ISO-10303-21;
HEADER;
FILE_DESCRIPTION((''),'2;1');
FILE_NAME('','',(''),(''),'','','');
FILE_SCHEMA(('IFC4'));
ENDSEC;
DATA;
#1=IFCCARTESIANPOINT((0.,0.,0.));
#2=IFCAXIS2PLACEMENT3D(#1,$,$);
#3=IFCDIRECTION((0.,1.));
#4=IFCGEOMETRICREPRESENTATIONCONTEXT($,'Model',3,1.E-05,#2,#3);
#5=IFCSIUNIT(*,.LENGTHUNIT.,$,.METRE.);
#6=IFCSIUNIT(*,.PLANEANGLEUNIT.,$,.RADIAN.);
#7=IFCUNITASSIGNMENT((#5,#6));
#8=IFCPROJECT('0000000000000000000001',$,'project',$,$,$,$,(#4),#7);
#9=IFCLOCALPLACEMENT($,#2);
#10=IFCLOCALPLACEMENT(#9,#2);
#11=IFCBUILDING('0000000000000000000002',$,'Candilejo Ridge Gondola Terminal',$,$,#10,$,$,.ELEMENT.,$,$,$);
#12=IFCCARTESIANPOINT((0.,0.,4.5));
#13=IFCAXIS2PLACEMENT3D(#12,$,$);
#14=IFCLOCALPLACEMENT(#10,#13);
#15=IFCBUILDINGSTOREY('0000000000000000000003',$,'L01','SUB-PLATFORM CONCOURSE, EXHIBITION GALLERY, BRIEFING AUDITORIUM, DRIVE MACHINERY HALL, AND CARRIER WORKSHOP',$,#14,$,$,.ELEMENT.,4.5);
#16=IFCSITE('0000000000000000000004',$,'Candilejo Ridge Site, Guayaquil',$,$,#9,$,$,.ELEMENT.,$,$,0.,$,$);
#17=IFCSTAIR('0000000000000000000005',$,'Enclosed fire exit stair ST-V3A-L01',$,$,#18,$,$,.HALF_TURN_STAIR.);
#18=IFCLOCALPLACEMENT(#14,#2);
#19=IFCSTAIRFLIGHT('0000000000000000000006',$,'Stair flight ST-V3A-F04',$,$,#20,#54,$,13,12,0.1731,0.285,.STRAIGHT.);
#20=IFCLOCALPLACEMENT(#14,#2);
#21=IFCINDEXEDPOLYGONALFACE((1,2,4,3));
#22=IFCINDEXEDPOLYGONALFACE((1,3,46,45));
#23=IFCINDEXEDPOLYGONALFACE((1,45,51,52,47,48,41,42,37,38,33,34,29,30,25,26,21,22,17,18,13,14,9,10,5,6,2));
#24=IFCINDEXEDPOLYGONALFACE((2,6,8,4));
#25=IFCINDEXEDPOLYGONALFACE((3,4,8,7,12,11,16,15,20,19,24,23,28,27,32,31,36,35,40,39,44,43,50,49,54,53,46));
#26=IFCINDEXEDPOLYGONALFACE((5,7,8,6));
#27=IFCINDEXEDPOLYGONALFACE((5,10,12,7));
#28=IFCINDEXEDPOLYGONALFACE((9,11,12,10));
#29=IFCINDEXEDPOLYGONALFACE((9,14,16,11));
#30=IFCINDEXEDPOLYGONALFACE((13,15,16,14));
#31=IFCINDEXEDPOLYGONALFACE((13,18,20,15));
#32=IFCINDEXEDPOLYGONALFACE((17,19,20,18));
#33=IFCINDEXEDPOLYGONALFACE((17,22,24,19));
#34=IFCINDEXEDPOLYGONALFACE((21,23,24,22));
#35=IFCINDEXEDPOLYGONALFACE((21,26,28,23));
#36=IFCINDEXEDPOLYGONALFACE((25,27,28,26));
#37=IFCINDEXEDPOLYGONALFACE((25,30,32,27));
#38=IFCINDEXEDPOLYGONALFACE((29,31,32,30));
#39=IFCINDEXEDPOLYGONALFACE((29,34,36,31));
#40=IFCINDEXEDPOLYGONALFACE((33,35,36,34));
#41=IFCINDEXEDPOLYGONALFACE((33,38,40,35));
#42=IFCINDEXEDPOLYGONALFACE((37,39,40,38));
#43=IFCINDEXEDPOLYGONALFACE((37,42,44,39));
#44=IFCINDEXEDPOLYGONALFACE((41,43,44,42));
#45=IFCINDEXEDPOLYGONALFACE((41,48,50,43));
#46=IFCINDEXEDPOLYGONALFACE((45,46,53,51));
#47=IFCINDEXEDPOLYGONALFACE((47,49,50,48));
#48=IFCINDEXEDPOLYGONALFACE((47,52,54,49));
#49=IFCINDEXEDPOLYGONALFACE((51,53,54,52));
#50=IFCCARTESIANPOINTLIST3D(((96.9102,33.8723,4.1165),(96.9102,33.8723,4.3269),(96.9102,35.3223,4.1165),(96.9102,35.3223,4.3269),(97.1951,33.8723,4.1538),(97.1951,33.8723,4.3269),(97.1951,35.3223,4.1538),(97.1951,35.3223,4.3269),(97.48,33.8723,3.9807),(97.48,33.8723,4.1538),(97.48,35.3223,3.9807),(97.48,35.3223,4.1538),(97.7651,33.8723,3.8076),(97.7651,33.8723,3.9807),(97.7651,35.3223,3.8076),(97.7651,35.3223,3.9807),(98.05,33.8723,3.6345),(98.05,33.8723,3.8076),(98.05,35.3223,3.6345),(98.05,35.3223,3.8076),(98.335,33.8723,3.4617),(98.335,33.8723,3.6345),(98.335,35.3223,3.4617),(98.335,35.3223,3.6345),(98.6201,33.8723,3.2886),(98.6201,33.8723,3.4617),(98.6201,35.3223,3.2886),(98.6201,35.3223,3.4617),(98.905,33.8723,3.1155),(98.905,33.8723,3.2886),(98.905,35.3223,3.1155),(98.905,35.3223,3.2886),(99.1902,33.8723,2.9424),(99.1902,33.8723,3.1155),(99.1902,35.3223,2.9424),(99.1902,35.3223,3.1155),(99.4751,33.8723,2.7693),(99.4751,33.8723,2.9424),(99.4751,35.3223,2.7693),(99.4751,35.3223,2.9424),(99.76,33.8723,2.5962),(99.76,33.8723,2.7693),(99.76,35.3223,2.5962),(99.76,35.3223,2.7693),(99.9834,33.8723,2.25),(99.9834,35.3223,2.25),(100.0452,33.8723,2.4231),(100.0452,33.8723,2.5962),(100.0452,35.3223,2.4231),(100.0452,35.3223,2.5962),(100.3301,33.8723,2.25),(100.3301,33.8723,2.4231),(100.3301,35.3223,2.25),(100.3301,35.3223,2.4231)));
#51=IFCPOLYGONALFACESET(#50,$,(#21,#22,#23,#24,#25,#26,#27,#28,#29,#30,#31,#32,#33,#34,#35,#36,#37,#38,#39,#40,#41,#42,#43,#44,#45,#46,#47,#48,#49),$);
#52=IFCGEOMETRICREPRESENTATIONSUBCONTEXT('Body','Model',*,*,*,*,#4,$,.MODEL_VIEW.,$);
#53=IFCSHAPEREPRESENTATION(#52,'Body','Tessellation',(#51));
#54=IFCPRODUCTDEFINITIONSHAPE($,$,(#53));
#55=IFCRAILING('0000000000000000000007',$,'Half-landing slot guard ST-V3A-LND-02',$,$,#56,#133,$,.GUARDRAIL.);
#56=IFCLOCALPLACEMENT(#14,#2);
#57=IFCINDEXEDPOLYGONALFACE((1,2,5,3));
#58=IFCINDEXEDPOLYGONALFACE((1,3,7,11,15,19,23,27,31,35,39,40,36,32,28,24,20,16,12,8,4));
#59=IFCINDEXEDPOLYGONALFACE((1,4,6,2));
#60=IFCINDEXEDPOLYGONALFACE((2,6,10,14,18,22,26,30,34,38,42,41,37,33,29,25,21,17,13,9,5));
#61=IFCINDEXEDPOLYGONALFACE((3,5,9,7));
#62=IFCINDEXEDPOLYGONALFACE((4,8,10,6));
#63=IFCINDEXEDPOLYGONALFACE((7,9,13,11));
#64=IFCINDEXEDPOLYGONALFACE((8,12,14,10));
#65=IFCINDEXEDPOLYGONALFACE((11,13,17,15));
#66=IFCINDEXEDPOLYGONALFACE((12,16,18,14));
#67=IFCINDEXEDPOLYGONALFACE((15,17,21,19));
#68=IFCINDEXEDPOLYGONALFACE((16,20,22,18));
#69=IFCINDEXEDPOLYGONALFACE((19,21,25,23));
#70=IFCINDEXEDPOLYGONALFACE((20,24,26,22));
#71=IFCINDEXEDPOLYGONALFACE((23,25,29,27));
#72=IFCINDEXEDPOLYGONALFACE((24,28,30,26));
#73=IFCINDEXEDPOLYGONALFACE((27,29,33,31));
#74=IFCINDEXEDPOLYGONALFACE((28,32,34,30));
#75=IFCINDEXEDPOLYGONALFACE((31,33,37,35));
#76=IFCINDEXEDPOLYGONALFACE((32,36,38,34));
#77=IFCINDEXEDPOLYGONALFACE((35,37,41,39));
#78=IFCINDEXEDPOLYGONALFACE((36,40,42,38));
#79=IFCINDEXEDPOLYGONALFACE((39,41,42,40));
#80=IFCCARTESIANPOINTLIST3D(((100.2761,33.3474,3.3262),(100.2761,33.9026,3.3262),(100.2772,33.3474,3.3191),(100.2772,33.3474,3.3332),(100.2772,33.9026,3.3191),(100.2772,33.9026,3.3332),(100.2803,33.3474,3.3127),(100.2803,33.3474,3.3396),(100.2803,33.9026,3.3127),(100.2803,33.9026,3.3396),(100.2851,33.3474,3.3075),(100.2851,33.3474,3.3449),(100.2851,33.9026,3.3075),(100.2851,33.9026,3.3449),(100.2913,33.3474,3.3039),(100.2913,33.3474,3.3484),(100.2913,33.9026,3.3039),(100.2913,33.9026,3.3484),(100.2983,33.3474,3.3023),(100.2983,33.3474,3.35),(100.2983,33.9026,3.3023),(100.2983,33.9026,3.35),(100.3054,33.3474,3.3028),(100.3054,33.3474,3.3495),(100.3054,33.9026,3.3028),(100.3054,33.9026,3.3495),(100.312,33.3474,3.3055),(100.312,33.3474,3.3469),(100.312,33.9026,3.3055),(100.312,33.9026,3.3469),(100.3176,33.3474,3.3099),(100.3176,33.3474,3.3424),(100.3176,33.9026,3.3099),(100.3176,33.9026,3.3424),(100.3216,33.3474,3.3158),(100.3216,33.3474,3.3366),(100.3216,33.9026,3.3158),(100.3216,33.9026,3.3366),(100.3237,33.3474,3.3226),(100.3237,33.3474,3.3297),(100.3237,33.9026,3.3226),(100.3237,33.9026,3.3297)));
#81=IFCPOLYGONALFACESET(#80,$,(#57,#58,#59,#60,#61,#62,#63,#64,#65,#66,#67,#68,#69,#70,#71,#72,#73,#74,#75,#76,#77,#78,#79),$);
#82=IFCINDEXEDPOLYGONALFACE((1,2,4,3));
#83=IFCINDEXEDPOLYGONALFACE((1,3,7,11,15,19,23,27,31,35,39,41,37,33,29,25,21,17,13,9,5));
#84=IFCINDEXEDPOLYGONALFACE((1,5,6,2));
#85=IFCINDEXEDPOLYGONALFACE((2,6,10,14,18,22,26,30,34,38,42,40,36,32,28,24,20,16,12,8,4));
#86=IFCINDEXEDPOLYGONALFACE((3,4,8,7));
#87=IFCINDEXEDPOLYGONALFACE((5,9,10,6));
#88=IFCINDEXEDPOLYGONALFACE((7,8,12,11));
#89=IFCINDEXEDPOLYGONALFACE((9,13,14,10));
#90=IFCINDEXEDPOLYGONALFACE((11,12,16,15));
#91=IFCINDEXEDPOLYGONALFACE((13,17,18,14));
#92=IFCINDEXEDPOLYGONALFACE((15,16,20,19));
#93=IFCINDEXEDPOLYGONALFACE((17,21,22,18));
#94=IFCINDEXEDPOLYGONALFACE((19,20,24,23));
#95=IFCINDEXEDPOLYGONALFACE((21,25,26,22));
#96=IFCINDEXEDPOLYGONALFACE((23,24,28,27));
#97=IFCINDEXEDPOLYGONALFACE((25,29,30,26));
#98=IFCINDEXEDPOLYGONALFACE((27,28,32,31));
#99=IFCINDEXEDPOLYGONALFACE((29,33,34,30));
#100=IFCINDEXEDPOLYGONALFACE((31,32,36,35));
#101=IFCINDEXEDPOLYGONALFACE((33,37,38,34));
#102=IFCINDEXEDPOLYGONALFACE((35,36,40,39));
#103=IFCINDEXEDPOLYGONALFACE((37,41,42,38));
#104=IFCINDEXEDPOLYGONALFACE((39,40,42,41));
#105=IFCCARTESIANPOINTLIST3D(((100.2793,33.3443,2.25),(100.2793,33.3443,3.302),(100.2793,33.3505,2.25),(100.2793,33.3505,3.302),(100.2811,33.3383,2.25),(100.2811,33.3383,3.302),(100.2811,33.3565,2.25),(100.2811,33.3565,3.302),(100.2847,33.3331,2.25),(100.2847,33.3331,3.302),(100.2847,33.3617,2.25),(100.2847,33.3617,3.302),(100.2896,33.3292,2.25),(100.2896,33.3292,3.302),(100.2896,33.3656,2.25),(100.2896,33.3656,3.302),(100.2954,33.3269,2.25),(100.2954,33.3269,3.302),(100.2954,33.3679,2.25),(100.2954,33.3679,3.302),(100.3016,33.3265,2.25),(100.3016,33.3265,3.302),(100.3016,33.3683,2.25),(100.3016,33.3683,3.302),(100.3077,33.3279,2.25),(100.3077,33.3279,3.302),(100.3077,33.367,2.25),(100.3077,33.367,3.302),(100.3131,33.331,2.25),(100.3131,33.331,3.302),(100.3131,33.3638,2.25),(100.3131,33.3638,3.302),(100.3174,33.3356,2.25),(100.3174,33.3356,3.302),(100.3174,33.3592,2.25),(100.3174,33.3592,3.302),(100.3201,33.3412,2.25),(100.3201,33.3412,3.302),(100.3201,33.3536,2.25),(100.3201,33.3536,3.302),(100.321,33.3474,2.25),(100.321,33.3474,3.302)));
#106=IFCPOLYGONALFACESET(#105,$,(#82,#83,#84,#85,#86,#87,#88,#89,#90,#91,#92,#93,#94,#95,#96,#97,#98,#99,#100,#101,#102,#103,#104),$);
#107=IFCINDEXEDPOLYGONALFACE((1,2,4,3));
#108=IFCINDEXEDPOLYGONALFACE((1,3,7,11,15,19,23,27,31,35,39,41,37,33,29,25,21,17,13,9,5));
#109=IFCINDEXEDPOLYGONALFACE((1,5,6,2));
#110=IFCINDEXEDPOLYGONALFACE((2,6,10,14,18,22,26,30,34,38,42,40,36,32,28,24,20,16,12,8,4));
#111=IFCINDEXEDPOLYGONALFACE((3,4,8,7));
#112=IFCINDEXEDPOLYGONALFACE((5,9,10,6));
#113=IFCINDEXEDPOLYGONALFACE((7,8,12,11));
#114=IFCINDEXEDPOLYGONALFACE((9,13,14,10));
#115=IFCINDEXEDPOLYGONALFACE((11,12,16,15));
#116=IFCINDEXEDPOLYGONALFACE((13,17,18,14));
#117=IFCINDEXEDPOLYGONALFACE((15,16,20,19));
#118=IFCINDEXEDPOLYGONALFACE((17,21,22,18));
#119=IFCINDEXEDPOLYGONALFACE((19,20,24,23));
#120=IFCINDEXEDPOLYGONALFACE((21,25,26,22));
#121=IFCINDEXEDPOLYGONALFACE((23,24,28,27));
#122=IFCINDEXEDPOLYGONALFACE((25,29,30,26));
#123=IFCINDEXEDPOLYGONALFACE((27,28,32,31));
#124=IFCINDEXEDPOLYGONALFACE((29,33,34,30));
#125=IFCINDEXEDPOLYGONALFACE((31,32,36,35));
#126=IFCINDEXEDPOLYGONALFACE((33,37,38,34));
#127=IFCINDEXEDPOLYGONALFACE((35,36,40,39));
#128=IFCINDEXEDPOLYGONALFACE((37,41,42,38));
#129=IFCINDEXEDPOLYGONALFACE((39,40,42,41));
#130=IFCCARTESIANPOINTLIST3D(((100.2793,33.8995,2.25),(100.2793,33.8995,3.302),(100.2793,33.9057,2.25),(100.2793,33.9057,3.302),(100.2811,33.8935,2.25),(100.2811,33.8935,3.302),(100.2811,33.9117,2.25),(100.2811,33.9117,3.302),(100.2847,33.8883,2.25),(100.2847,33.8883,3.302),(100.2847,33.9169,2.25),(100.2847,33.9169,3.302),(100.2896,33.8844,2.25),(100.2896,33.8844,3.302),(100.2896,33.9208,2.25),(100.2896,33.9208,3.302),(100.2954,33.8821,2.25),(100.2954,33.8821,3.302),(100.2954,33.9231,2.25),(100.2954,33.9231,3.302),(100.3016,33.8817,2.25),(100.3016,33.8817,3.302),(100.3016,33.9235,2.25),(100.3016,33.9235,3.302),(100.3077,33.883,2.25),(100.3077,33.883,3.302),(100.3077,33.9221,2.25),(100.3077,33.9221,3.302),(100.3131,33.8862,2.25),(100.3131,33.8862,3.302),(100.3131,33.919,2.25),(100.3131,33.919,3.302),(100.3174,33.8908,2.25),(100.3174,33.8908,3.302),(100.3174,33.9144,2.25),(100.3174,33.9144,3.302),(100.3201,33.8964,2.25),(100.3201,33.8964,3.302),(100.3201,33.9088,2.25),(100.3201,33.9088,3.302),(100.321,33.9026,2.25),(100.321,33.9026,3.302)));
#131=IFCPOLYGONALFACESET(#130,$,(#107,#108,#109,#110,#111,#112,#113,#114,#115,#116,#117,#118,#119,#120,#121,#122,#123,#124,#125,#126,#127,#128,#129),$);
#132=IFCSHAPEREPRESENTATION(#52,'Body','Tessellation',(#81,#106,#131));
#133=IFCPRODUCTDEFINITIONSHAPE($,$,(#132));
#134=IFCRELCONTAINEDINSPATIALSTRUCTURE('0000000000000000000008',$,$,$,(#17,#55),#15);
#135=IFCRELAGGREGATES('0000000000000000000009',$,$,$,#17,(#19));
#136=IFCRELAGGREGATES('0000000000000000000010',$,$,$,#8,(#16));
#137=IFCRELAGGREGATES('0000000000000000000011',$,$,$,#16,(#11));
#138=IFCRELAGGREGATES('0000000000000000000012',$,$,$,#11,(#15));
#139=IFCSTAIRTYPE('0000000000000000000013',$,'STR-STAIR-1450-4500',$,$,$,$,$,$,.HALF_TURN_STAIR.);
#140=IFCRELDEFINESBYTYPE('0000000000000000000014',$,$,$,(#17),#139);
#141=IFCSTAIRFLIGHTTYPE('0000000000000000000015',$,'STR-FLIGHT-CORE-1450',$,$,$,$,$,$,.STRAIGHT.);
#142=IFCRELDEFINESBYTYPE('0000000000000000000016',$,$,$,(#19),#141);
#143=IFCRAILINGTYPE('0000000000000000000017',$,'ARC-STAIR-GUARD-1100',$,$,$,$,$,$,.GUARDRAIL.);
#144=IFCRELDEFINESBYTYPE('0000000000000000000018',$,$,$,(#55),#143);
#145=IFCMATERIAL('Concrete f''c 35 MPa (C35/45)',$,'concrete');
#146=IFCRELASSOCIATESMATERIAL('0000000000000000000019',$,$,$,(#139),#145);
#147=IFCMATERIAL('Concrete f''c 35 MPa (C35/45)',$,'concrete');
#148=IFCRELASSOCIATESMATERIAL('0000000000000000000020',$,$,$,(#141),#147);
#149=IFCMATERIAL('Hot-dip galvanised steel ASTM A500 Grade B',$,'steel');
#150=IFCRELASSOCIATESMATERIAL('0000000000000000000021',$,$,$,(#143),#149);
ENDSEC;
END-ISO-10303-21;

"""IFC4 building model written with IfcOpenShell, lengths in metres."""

from ifc_helpers import new_model, si_unit, direction, frame, origin, origin_2d, place, context, subcontext, project, spatial, polyline, circle, outline, extrude, material, type_object, element, aggregate, save


model = new_model("IFC4")

# Units and contexts
model_context = context("Model", 3, precision=1e-05, world=origin(), true_north=direction((0.0, 1.0)))
body_context = subcontext(model_context, "Body", "Model", "MODEL_VIEW")
ifc_project = project(units=[si_unit("LENGTHUNIT", "METRE"), si_unit("PLANEANGLEUNIT", "RADIAN")], contexts=[model_context])

# Site, building, storey
site_placement = place(None, origin())
site = spatial("IfcSite", under=ifc_project, at=site_placement, Name="Candilejo Ridge Site, Guayaquil", CompositionType="ELEMENT", RefElevation=0.0)
building_placement = place(site_placement, origin())
building = spatial("IfcBuilding", under=site, at=building_placement, Name="Candilejo Ridge Gondola Terminal", CompositionType="ELEMENT")
storey_placement = place(building_placement, frame((0.0, 0.0, 4.5)))
storey = spatial("IfcBuildingStorey", under=building, at=storey_placement, Name="L01", Description="SUB-PLATFORM CONCOURSE, EXHIBITION GALLERY, BRIEFING AUDITORIUM, DRIVE MACHINERY HALL, AND CARRIER WORKSHOP", CompositionType="ELEMENT", Elevation=4.5)

# Stair, stair flight
ifc_material_1 = material(Name="Concrete f'c 35 MPa (C35/45)", Category="concrete")
stair_type = type_object("IfcStairType", Name="STR-STAIR-1450-4500", PredefinedType="HALF_TURN_STAIR", material=ifc_material_1)
stair_placement = place(storey_placement, origin())
stair = element("IfcStair", 1, at=stair_placement, inside=storey, type_object=stair_type, Name="Enclosed fire exit stair ST-V3A-L01", PredefinedType="HALF_TURN_STAIR")
ifc_material_2 = material(Name="Concrete f'c 35 MPa (C35/45)", Category="concrete")
stair_flight_type = type_object("IfcStairFlightType", Name="STR-FLIGHT-CORE-1450", PredefinedType="STRAIGHT", material=ifc_material_2)
stair_flight_placement = place(storey_placement, frame((100.3301, 34.5974, 2.25), z_axis=(0.0, 0.0, 1.0), x_axis=(-1.0, 0.0, 0.0)))
stair_flight = element("IfcStairFlight", 2, at=stair_flight_placement, type_object=stair_flight_type, Name="Stair flight ST-V3A-F04", NumberOfRisers=13, NumberOfTreads=12, PredefinedType="STRAIGHT", RiserHeight=0.1731, TreadLength=0.285, context=body_context, shape_type="SweptSolid", body=[
    extrude(outline(polyline([(0.0, 0.0), (0.0, 0.1731), (0.2849, 0.1731), (0.2849, 0.3462), (0.5701, 0.3462), (0.5701, 0.5193), (0.855, 0.5193), (0.855, 0.6924), (1.1399, 0.6924), (1.1399, 0.8655), (1.425, 0.8655), (1.425, 1.0386), (1.71, 1.0386), (1.71, 1.2117), (1.9951, 1.2117), (1.9951, 1.3845), (2.28, 1.3845), (2.28, 1.5576), (2.5649, 1.5576), (2.5649, 1.7307), (2.8501, 1.7307), (2.8501, 1.9038), (3.135, 1.9038), (3.135, 2.0769), (3.4199, 2.0769), (3.4199, 2.25), (3.4199, 1.8665), (0.3467, 0.0), (0.0, 0.0)])), frame((0.0, 0.7251, 0.0), z_axis=(0.0, -1.0, 0.0), x_axis=(1.0, 0.0, 0.0)), (0.0, 0.0, 1.0), 1.45),
])
aggregate(stair, [stair_flight])

# Railing
ifc_material_3 = material(Name="Hot-dip galvanised steel ASTM A500 Grade B", Category="steel")
railing_type_1 = type_object("IfcRailingType", Name="ARC-STAIR-GUARD-1100", PredefinedType="GUARDRAIL", material=ifc_material_3)
railing_1_placement = place(storey_placement, frame((100.3, 33.3474, 2.25)))
element("IfcRailing", 3, at=railing_1_placement, inside=storey, type_object=railing_type_1, Name="Half-landing slot guard ST-V3A-LND-02", PredefinedType="GUARDRAIL", context=body_context, shape_type="SweptSolid", body=[
    extrude(circle(Radius=0.0239, at=origin_2d()), frame((0.0, 0.0, 1.0762), z_axis=(0.0, 1.0, 0.0), x_axis=(-1.0, 0.0, 0.0)), (0.0, 0.0, 1.0), 0.5552),
    extrude(circle(Radius=0.021, at=origin_2d()), origin(), (0.0, 0.0, 1.0), 1.052),
    extrude(circle(Radius=0.021, at=origin_2d()), frame((0.0, 0.5552, 0.0)), (0.0, 0.0, 1.0), 1.052),
])

save(model, "model.ifc")
